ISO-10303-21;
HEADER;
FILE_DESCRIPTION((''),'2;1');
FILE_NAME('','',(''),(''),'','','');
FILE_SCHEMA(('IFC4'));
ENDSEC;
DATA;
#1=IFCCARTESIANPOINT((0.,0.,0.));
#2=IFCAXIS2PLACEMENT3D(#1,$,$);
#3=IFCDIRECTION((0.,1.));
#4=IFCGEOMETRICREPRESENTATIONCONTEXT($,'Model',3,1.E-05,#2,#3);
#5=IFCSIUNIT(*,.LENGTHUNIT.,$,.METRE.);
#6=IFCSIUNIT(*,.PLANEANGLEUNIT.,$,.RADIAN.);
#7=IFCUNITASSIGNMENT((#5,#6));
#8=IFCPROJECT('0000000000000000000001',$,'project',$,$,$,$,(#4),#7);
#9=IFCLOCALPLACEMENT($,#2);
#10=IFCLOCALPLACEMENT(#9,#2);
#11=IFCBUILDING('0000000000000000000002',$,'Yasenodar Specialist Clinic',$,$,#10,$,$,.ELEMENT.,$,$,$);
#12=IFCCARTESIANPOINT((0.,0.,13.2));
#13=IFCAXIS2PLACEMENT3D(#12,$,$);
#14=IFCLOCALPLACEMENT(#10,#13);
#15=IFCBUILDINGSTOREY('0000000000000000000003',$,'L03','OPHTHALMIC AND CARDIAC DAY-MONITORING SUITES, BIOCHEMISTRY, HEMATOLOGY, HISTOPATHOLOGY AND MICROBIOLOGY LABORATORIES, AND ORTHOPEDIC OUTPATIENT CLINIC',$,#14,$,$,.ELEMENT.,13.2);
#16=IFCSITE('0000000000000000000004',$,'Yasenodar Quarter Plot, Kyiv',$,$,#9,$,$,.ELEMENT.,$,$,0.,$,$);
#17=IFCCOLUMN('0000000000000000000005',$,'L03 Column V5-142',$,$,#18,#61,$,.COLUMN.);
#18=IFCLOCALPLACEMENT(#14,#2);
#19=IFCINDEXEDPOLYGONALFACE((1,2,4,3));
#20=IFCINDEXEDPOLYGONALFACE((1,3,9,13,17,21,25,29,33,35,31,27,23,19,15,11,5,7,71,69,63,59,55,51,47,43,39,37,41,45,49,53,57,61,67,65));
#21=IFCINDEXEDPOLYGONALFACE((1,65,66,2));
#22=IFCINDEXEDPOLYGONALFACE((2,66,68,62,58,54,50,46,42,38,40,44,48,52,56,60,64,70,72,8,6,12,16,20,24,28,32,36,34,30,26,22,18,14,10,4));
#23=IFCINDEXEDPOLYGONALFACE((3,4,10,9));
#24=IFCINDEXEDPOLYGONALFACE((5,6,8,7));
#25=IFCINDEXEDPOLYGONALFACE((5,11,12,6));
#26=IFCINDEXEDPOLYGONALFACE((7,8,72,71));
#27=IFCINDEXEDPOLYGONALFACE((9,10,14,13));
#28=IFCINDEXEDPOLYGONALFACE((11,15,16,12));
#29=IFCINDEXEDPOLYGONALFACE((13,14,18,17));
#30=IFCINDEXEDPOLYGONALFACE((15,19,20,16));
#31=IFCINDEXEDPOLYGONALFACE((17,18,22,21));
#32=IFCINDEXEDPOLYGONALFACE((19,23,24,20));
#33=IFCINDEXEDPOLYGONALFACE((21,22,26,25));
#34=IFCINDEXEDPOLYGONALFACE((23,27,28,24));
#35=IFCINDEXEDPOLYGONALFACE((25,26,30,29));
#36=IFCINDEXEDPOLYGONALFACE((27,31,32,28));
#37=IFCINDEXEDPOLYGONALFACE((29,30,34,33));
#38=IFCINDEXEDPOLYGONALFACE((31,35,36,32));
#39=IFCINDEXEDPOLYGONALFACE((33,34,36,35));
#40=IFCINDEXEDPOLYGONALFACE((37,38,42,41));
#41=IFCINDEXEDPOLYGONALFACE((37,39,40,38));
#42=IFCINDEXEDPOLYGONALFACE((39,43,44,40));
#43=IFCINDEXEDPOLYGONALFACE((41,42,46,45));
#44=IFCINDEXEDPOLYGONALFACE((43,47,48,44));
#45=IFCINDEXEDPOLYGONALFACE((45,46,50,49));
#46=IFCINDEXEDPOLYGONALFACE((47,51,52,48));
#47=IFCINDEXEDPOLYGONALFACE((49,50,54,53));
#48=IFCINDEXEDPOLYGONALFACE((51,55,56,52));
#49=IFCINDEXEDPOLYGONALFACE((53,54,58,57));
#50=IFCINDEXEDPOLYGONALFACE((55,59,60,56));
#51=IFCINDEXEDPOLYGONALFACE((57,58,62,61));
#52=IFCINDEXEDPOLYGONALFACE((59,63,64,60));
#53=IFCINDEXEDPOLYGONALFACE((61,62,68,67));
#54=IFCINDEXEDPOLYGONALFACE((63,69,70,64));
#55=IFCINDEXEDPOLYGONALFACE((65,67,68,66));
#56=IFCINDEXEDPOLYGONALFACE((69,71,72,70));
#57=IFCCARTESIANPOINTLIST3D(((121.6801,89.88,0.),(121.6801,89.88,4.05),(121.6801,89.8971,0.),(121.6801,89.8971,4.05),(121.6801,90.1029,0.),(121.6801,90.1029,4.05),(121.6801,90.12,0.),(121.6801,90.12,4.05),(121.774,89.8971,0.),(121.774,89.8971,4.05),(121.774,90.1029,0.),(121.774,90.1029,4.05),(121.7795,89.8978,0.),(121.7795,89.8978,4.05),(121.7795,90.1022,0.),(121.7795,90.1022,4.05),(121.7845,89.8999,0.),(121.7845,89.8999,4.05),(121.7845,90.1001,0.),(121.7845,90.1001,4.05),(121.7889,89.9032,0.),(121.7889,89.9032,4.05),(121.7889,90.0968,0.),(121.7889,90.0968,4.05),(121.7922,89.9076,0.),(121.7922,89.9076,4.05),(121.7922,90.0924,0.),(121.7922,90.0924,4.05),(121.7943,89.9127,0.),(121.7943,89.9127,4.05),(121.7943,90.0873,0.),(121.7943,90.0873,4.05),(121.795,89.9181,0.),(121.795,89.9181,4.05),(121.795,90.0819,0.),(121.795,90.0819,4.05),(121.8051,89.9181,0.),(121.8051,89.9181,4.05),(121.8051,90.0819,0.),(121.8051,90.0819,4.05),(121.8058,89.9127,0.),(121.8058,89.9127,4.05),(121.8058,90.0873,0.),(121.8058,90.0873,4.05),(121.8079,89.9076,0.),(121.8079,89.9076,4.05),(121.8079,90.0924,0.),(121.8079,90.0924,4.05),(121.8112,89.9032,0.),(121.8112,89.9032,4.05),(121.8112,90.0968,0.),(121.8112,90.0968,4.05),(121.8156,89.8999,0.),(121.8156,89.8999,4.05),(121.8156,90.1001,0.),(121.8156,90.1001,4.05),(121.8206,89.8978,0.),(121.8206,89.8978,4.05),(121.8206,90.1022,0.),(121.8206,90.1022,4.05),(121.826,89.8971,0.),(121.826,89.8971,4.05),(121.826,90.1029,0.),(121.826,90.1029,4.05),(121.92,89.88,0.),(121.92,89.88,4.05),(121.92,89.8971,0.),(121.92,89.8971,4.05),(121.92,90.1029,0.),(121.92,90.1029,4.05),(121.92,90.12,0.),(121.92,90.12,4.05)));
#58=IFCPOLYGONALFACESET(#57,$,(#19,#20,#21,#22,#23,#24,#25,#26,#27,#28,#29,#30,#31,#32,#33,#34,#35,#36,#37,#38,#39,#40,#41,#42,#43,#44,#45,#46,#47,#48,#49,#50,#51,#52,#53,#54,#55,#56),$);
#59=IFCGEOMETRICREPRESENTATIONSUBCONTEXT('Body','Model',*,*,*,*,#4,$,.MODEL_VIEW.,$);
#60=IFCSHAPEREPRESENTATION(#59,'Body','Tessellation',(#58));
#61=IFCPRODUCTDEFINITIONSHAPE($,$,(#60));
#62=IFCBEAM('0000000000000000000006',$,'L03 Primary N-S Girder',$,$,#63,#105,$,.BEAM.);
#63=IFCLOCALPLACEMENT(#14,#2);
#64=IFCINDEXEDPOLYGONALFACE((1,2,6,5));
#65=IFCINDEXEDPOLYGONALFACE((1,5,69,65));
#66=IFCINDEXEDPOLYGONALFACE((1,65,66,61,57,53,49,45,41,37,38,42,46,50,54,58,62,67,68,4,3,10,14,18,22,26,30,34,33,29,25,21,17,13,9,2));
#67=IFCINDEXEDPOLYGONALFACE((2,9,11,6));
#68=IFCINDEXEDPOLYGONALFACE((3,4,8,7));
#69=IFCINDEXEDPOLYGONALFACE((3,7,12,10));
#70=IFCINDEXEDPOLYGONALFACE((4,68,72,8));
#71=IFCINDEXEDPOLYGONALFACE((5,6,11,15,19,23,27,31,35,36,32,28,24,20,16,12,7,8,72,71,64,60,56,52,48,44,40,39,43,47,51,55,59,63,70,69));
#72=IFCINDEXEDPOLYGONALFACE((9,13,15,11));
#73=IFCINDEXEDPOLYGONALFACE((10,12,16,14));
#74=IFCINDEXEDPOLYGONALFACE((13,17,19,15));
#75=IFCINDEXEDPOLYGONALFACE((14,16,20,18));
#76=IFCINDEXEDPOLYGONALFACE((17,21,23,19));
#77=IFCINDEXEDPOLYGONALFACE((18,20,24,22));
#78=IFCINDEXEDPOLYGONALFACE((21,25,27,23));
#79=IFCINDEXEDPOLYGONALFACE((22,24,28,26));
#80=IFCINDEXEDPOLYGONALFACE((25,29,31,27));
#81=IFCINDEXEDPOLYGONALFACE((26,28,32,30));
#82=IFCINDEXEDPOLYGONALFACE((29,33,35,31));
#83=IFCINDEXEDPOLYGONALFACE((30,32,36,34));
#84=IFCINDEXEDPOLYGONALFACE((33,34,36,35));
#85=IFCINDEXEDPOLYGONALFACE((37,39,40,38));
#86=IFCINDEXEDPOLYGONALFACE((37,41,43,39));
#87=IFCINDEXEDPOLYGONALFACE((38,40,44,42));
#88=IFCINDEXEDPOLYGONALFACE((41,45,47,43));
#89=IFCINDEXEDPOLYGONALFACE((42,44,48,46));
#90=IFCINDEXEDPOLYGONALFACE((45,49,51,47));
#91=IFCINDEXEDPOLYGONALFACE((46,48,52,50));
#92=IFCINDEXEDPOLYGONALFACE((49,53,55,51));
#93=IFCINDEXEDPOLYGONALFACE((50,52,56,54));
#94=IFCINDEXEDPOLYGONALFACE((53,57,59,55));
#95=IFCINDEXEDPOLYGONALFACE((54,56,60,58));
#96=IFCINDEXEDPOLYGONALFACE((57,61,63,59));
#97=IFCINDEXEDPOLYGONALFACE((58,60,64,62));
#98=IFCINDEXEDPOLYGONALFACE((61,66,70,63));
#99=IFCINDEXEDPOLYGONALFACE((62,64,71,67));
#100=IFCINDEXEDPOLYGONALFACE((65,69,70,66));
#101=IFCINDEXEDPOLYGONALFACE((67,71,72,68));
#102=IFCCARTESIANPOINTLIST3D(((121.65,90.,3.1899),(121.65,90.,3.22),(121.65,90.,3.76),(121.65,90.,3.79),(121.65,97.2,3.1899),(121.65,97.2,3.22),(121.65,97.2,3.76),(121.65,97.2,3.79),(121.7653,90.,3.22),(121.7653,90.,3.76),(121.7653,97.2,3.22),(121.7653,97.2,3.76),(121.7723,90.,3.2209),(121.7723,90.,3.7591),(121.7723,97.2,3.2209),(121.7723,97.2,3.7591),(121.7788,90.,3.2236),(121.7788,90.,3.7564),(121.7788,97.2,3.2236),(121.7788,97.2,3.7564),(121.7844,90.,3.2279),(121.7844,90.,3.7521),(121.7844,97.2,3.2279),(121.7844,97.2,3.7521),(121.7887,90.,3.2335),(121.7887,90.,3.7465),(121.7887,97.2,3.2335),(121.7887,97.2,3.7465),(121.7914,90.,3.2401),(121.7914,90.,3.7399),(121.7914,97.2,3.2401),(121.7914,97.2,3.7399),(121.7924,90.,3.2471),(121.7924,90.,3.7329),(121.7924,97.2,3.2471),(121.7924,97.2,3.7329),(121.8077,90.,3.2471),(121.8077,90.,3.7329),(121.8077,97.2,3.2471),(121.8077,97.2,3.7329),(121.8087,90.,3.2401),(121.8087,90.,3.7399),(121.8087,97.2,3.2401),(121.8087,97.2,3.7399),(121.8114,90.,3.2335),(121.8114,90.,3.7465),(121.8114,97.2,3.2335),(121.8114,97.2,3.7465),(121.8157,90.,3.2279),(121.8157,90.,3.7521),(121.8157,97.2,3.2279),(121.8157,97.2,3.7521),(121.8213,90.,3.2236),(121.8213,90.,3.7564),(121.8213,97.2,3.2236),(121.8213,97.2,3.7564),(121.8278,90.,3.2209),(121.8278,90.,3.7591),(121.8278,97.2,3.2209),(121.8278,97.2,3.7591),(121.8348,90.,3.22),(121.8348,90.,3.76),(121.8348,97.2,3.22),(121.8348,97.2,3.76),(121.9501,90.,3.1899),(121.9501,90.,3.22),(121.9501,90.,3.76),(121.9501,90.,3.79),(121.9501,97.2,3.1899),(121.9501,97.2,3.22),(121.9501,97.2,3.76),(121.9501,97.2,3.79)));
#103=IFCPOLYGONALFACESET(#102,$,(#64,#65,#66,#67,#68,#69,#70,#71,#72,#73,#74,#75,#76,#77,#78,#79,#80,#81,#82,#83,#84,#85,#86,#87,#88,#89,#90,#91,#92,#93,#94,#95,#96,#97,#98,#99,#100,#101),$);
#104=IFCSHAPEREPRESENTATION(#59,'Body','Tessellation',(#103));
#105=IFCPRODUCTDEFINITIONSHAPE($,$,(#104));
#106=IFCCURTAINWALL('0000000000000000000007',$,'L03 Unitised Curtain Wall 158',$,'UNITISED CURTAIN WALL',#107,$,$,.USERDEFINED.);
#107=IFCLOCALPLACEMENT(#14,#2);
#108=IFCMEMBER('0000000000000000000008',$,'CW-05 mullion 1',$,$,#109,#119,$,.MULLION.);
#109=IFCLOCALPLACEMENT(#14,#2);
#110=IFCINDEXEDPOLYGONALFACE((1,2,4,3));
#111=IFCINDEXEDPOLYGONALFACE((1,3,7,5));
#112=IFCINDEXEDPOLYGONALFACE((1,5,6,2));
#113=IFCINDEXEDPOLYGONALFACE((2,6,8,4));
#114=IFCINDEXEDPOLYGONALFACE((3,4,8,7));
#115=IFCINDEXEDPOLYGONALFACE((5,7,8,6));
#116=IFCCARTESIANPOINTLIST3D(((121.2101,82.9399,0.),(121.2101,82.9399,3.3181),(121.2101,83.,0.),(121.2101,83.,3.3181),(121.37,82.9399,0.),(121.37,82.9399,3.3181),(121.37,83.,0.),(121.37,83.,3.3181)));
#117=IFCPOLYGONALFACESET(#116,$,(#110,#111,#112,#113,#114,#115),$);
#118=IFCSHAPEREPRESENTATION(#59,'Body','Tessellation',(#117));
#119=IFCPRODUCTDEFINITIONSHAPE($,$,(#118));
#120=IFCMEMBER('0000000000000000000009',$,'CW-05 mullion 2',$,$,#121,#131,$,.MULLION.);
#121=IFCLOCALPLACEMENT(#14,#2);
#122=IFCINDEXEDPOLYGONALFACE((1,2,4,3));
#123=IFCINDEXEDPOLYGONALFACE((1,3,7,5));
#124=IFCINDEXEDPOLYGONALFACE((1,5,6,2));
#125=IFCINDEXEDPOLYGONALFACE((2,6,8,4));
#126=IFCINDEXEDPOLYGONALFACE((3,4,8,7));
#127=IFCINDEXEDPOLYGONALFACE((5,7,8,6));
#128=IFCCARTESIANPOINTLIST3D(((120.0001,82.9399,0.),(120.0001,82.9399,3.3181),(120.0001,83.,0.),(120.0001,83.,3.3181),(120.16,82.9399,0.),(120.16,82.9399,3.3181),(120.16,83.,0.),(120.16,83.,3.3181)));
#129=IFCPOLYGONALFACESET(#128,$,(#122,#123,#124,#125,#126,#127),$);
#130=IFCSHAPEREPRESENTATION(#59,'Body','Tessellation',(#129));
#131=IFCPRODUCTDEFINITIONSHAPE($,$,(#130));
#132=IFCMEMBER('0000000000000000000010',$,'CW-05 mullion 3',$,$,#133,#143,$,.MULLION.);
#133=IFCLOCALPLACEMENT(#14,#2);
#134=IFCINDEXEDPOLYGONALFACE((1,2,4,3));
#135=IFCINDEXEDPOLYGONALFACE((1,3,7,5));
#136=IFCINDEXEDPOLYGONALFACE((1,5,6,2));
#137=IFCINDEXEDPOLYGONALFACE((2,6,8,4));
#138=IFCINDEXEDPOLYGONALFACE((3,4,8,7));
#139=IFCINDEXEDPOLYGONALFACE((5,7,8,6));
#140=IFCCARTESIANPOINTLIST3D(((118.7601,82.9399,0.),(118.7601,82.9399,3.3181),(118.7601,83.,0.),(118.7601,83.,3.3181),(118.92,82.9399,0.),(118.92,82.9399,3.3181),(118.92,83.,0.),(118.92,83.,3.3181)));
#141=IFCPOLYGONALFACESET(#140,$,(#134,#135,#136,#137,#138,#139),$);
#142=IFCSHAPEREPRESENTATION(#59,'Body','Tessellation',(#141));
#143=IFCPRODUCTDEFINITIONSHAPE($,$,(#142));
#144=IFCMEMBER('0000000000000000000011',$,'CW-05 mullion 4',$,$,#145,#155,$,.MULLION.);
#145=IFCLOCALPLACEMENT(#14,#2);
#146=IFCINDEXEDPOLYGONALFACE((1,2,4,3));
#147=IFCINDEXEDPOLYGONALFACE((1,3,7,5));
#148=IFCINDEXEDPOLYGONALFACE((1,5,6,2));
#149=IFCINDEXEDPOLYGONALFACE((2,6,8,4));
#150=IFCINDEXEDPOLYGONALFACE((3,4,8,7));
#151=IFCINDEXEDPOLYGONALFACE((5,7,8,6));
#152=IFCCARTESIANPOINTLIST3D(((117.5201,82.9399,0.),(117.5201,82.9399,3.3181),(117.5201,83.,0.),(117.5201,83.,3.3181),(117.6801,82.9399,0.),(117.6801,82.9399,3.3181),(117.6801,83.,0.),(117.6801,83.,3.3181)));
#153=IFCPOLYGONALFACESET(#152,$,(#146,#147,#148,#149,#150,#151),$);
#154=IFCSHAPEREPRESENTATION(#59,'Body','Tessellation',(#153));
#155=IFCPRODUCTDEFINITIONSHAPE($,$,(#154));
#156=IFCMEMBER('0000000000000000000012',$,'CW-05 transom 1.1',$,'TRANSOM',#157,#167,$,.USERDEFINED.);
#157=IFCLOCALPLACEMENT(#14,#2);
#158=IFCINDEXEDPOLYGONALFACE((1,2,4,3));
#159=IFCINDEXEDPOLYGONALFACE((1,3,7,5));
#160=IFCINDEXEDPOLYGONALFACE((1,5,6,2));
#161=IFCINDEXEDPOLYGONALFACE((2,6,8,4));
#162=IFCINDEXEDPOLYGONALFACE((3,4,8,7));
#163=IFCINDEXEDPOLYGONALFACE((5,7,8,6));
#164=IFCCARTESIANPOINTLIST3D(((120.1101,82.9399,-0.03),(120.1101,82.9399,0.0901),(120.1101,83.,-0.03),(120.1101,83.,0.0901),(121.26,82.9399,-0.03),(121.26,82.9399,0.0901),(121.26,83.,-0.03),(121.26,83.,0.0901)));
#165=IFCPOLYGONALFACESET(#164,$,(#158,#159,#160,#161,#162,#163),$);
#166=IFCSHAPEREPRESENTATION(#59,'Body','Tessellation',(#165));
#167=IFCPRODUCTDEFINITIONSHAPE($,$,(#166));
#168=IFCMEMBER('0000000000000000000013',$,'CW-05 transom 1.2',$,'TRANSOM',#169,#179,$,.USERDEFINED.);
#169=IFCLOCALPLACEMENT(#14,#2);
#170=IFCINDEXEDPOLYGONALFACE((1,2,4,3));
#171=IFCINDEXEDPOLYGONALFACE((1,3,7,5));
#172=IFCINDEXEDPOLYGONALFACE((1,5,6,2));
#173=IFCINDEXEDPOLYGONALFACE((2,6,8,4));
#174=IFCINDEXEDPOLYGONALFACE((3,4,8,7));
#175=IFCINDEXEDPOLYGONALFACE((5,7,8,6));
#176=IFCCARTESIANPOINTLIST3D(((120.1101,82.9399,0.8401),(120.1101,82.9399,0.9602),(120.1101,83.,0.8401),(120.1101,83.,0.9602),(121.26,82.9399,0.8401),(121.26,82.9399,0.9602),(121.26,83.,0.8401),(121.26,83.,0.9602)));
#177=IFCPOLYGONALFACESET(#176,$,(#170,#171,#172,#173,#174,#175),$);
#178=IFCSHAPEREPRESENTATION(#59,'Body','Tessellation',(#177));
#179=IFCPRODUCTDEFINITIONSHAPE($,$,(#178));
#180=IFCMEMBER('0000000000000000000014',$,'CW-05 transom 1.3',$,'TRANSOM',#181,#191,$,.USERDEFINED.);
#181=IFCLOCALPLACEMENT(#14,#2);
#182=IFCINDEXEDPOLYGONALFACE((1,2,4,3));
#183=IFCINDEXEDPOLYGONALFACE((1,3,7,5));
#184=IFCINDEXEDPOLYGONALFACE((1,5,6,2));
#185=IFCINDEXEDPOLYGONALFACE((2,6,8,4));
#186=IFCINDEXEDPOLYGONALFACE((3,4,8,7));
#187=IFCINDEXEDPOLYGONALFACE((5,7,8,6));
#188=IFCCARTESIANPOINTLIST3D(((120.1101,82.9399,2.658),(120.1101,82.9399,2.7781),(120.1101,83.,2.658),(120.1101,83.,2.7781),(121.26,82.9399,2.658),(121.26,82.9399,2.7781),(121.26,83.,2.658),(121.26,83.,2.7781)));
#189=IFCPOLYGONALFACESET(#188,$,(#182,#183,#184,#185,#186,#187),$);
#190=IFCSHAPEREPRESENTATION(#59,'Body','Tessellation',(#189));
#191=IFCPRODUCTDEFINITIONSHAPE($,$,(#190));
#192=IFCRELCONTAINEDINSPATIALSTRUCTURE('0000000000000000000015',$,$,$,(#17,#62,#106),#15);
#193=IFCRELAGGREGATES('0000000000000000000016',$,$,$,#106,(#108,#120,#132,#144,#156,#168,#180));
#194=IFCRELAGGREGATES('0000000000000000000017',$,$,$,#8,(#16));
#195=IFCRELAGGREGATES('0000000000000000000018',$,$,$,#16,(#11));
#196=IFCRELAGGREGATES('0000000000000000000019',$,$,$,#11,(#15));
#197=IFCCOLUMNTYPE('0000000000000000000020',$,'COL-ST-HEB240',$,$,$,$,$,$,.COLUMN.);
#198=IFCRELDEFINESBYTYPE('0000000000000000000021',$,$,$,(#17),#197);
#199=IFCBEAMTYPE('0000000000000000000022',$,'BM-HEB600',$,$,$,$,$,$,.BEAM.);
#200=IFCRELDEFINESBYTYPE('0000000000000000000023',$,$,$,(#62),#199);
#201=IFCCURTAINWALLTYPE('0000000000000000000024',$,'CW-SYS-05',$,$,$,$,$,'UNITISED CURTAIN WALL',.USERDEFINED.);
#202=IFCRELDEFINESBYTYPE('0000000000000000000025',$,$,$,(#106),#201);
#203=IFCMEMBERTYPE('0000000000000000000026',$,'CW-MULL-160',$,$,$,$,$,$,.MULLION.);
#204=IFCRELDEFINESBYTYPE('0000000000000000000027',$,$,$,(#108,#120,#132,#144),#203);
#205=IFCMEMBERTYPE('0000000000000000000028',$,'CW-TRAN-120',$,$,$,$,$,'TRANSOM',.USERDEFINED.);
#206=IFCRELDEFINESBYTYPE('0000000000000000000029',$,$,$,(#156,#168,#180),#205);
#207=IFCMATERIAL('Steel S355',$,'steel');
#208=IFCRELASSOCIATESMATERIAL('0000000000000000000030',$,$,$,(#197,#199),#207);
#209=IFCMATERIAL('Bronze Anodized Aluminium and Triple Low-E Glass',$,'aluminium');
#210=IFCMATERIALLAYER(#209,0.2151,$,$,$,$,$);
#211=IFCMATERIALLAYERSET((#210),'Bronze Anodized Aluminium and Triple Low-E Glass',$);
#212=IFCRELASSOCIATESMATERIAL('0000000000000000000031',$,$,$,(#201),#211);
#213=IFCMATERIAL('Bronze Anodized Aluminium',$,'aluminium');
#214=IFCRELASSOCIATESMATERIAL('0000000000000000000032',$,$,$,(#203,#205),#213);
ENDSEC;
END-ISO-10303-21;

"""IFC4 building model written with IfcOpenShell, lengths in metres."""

from ifc_helpers import new_model, si_unit, direction, frame, origin, origin_2d, place, context, subcontext, project, spatial, rectangle, i_section, extrude, material, layer, layer_set, material_profile, profile_set, type_object, element, aggregate, save


model = new_model("IFC4")

# Units and contexts
model_context = context("Model", 3, precision=1e-05, world=origin(), true_north=direction((0.0, 1.0)))
body_context = subcontext(model_context, "Body", "Model", "MODEL_VIEW")
ifc_project = project(units=[si_unit("LENGTHUNIT", "METRE"), si_unit("PLANEANGLEUNIT", "RADIAN")], contexts=[model_context])

# Site, building, storey
site_placement = place(None, origin())
site = spatial("IfcSite", under=ifc_project, at=site_placement, Name="Yasenodar Quarter Plot, Kyiv", CompositionType="ELEMENT", RefElevation=0.0)
building_placement = place(site_placement, origin())
building = spatial("IfcBuilding", under=site, at=building_placement, Name="Yasenodar Specialist Clinic", CompositionType="ELEMENT")
storey_placement = place(building_placement, frame((0.0, 0.0, 13.2)))
storey = spatial("IfcBuildingStorey", under=building, at=storey_placement, Name="L03", Description="OPHTHALMIC AND CARDIAC DAY-MONITORING SUITES, BIOCHEMISTRY, HEMATOLOGY, HISTOPATHOLOGY AND MICROBIOLOGY LABORATORIES, AND ORTHOPEDIC OUTPATIENT CLINIC", CompositionType="ELEMENT", Elevation=13.2)

# Column
ifc_material_1 = material(Name="Steel S355", Category="steel")
ifc_material_profile_1 = material_profile(ifc_material_1, i_section(OverallWidth=0.24, OverallDepth=0.24, WebThickness=0.01, FlangeThickness=0.0171, FilletRadius=0.021, at=origin_2d()), Name="HEB 240")
ifc_profile_set_1 = profile_set([ifc_material_profile_1], Name="Steel S355")
column_type = type_object("IfcColumnType", Name="COL-ST-HEB240", PredefinedType="COLUMN", material=ifc_profile_set_1)
column_placement = place(storey_placement, frame((121.8, 90.0, 0.0), z_axis=(0.0, 0.0, 1.0), x_axis=(1.0, 0.0, 0.0)))
element("IfcColumn", 1, at=column_placement, inside=storey, type_object=column_type, Name="L03 Column V5-142", PredefinedType="COLUMN", context=body_context, shape_type="SweptSolid", body=[
    extrude(i_section(OverallWidth=0.24, OverallDepth=0.24, WebThickness=0.01, FlangeThickness=0.0171, FilletRadius=0.021, at=origin_2d()), origin(), (0.0, 0.0, 1.0), 4.05),
])

# Beam
ifc_material_profile_2 = material_profile(ifc_material_1, i_section(OverallWidth=0.3, OverallDepth=0.6001, WebThickness=0.0154, FlangeThickness=0.03, FilletRadius=0.0271, at=origin_2d()), Name="HEB 600")
ifc_profile_set_2 = profile_set([ifc_material_profile_2], Name="Steel S355")
beam_type = type_object("IfcBeamType", Name="BM-HEB600", PredefinedType="BEAM", material=ifc_profile_set_2)
beam_placement = place(storey_placement, frame((121.8, 90.0, 3.49), z_axis=(0.0, 1.0, 0.0), x_axis=(-1.0, 0.0, 0.0)))
element("IfcBeam", 2, at=beam_placement, inside=storey, type_object=beam_type, Name="L03 Primary N-S Girder", PredefinedType="BEAM", context=body_context, shape_type="SweptSolid", body=[
    extrude(i_section(OverallWidth=0.3, OverallDepth=0.6001, WebThickness=0.0154, FlangeThickness=0.03, FilletRadius=0.0271, at=origin_2d()), origin(), (0.0, 0.0, 1.0), 7.2),
])

# Curtain wall, members
ifc_material_2 = material(Name="Bronze Anodized Aluminium and Triple Low-E Glass", Category="aluminium")
ifc_layer_1 = layer(ifc_material_2, 0.2151)
ifc_layer_set_1 = layer_set([ifc_layer_1], Name="Bronze Anodized Aluminium and Triple Low-E Glass")
curtain_wall_type = type_object("IfcCurtainWallType", Name="CW-SYS-05", ElementType="UNITISED CURTAIN WALL", PredefinedType="USERDEFINED", material=ifc_layer_set_1)
curtain_wall_placement = place(storey_placement, origin())
curtain_wall = element("IfcCurtainWall", 3, at=curtain_wall_placement, inside=storey, type_object=curtain_wall_type, Name="L03 Unitised Curtain Wall 158", ObjectType="UNITISED CURTAIN WALL", PredefinedType="USERDEFINED")
ifc_material_3 = material(Name="Bronze Anodized Aluminium", Category="aluminium")
ifc_material_profile_3 = material_profile(ifc_material_3, rectangle(XDim=0.0601, YDim=0.1599, at=origin_2d()), Name="CW-MULL 60x160")
ifc_profile_set_3 = profile_set([ifc_material_profile_3], Name="Bronze Anodized Aluminium")
member_type_1 = type_object("IfcMemberType", Name="CW-MULL-160", PredefinedType="MULLION", material=ifc_profile_set_3)
member_1_placement = place(storey_placement, frame((121.29, 82.97, 0.0), z_axis=(0.0, 0.0, 1.0), x_axis=(0.0, -1.0, 0.0)))
member_1 = element("IfcMember", 4, at=member_1_placement, type_object=member_type_1, Name="CW-05 mullion 1", PredefinedType="MULLION", context=body_context, shape_type="SweptSolid", body=[
    extrude(rectangle(XDim=0.0601, YDim=0.1599, at=origin_2d()), origin(), (0.0, 0.0, 1.0), 3.3181),
])
member_2_placement = place(storey_placement, frame((120.0801, 82.97, 0.0), z_axis=(0.0, 0.0, 1.0), x_axis=(0.0, -1.0, 0.0)))
member_2 = element("IfcMember", 5, at=member_2_placement, type_object=member_type_1, Name="CW-05 mullion 2", PredefinedType="MULLION", context=body_context, shape_type="SweptSolid", body=[
    extrude(rectangle(XDim=0.0601, YDim=0.1599, at=origin_2d()), origin(), (0.0, 0.0, 1.0), 3.3181),
])
member_3_placement = place(storey_placement, frame((118.8401, 82.97, 0.0), z_axis=(0.0, 0.0, 1.0), x_axis=(0.0, -1.0, 0.0)))
member_3 = element("IfcMember", 6, at=member_3_placement, type_object=member_type_1, Name="CW-05 mullion 3", PredefinedType="MULLION", context=body_context, shape_type="SweptSolid", body=[
    extrude(rectangle(XDim=0.0601, YDim=0.1599, at=origin_2d()), origin(), (0.0, 0.0, 1.0), 3.3181),
])
member_4_placement = place(storey_placement, frame((117.6001, 82.97, 0.0), z_axis=(0.0, 0.0, 1.0), x_axis=(0.0, -1.0, 0.0)))
member_4 = element("IfcMember", 7, at=member_4_placement, type_object=member_type_1, Name="CW-05 mullion 4", PredefinedType="MULLION", context=body_context, shape_type="SweptSolid", body=[
    extrude(rectangle(XDim=0.0601, YDim=0.1599, at=origin_2d()), origin(), (0.0, 0.0, 1.0), 3.3181),
])
ifc_material_profile_4 = material_profile(ifc_material_3, rectangle(XDim=0.0601, YDim=0.1201, at=origin_2d()), Name="CW-TRAN 60x120")
ifc_profile_set_4 = profile_set([ifc_material_profile_4], Name="Bronze Anodized Aluminium")
member_type_2 = type_object("IfcMemberType", Name="CW-TRAN-120", ElementType="TRANSOM", PredefinedType="USERDEFINED", material=ifc_profile_set_4)
member_5_placement = place(storey_placement, frame((121.26, 82.97, 0.03), z_axis=(-1.0, 0.0, 0.0), x_axis=(0.0, -1.0, 0.0)))
member_5 = element("IfcMember", 8, at=member_5_placement, type_object=member_type_2, Name="CW-05 transom 1.1", ObjectType="TRANSOM", PredefinedType="USERDEFINED", context=body_context, shape_type="SweptSolid", body=[
    extrude(rectangle(XDim=0.0601, YDim=0.1201, at=origin_2d()), origin(), (0.0, 0.0, 1.0), 1.1499),
])
member_6_placement = place(storey_placement, frame((121.26, 82.97, 0.9001), z_axis=(-1.0, 0.0, 0.0), x_axis=(0.0, -1.0, 0.0)))
member_6 = element("IfcMember", 9, at=member_6_placement, type_object=member_type_2, Name="CW-05 transom 1.2", ObjectType="TRANSOM", PredefinedType="USERDEFINED", context=body_context, shape_type="SweptSolid", body=[
    extrude(rectangle(XDim=0.0601, YDim=0.1201, at=origin_2d()), origin(), (0.0, 0.0, 1.0), 1.1499),
])
member_7_placement = place(storey_placement, frame((121.26, 82.97, 2.718), z_axis=(-1.0, 0.0, 0.0), x_axis=(0.0, -1.0, 0.0)))
member_7 = element("IfcMember", 10, at=member_7_placement, type_object=member_type_2, Name="CW-05 transom 1.3", ObjectType="TRANSOM", PredefinedType="USERDEFINED", context=body_context, shape_type="SweptSolid", body=[
    extrude(rectangle(XDim=0.0601, YDim=0.1201, at=origin_2d()), origin(), (0.0, 0.0, 1.0), 1.1499),
])
aggregate(curtain_wall, [member_1, member_2, member_3, member_4, member_5, member_6, member_7])

save(model, "model.ifc")
